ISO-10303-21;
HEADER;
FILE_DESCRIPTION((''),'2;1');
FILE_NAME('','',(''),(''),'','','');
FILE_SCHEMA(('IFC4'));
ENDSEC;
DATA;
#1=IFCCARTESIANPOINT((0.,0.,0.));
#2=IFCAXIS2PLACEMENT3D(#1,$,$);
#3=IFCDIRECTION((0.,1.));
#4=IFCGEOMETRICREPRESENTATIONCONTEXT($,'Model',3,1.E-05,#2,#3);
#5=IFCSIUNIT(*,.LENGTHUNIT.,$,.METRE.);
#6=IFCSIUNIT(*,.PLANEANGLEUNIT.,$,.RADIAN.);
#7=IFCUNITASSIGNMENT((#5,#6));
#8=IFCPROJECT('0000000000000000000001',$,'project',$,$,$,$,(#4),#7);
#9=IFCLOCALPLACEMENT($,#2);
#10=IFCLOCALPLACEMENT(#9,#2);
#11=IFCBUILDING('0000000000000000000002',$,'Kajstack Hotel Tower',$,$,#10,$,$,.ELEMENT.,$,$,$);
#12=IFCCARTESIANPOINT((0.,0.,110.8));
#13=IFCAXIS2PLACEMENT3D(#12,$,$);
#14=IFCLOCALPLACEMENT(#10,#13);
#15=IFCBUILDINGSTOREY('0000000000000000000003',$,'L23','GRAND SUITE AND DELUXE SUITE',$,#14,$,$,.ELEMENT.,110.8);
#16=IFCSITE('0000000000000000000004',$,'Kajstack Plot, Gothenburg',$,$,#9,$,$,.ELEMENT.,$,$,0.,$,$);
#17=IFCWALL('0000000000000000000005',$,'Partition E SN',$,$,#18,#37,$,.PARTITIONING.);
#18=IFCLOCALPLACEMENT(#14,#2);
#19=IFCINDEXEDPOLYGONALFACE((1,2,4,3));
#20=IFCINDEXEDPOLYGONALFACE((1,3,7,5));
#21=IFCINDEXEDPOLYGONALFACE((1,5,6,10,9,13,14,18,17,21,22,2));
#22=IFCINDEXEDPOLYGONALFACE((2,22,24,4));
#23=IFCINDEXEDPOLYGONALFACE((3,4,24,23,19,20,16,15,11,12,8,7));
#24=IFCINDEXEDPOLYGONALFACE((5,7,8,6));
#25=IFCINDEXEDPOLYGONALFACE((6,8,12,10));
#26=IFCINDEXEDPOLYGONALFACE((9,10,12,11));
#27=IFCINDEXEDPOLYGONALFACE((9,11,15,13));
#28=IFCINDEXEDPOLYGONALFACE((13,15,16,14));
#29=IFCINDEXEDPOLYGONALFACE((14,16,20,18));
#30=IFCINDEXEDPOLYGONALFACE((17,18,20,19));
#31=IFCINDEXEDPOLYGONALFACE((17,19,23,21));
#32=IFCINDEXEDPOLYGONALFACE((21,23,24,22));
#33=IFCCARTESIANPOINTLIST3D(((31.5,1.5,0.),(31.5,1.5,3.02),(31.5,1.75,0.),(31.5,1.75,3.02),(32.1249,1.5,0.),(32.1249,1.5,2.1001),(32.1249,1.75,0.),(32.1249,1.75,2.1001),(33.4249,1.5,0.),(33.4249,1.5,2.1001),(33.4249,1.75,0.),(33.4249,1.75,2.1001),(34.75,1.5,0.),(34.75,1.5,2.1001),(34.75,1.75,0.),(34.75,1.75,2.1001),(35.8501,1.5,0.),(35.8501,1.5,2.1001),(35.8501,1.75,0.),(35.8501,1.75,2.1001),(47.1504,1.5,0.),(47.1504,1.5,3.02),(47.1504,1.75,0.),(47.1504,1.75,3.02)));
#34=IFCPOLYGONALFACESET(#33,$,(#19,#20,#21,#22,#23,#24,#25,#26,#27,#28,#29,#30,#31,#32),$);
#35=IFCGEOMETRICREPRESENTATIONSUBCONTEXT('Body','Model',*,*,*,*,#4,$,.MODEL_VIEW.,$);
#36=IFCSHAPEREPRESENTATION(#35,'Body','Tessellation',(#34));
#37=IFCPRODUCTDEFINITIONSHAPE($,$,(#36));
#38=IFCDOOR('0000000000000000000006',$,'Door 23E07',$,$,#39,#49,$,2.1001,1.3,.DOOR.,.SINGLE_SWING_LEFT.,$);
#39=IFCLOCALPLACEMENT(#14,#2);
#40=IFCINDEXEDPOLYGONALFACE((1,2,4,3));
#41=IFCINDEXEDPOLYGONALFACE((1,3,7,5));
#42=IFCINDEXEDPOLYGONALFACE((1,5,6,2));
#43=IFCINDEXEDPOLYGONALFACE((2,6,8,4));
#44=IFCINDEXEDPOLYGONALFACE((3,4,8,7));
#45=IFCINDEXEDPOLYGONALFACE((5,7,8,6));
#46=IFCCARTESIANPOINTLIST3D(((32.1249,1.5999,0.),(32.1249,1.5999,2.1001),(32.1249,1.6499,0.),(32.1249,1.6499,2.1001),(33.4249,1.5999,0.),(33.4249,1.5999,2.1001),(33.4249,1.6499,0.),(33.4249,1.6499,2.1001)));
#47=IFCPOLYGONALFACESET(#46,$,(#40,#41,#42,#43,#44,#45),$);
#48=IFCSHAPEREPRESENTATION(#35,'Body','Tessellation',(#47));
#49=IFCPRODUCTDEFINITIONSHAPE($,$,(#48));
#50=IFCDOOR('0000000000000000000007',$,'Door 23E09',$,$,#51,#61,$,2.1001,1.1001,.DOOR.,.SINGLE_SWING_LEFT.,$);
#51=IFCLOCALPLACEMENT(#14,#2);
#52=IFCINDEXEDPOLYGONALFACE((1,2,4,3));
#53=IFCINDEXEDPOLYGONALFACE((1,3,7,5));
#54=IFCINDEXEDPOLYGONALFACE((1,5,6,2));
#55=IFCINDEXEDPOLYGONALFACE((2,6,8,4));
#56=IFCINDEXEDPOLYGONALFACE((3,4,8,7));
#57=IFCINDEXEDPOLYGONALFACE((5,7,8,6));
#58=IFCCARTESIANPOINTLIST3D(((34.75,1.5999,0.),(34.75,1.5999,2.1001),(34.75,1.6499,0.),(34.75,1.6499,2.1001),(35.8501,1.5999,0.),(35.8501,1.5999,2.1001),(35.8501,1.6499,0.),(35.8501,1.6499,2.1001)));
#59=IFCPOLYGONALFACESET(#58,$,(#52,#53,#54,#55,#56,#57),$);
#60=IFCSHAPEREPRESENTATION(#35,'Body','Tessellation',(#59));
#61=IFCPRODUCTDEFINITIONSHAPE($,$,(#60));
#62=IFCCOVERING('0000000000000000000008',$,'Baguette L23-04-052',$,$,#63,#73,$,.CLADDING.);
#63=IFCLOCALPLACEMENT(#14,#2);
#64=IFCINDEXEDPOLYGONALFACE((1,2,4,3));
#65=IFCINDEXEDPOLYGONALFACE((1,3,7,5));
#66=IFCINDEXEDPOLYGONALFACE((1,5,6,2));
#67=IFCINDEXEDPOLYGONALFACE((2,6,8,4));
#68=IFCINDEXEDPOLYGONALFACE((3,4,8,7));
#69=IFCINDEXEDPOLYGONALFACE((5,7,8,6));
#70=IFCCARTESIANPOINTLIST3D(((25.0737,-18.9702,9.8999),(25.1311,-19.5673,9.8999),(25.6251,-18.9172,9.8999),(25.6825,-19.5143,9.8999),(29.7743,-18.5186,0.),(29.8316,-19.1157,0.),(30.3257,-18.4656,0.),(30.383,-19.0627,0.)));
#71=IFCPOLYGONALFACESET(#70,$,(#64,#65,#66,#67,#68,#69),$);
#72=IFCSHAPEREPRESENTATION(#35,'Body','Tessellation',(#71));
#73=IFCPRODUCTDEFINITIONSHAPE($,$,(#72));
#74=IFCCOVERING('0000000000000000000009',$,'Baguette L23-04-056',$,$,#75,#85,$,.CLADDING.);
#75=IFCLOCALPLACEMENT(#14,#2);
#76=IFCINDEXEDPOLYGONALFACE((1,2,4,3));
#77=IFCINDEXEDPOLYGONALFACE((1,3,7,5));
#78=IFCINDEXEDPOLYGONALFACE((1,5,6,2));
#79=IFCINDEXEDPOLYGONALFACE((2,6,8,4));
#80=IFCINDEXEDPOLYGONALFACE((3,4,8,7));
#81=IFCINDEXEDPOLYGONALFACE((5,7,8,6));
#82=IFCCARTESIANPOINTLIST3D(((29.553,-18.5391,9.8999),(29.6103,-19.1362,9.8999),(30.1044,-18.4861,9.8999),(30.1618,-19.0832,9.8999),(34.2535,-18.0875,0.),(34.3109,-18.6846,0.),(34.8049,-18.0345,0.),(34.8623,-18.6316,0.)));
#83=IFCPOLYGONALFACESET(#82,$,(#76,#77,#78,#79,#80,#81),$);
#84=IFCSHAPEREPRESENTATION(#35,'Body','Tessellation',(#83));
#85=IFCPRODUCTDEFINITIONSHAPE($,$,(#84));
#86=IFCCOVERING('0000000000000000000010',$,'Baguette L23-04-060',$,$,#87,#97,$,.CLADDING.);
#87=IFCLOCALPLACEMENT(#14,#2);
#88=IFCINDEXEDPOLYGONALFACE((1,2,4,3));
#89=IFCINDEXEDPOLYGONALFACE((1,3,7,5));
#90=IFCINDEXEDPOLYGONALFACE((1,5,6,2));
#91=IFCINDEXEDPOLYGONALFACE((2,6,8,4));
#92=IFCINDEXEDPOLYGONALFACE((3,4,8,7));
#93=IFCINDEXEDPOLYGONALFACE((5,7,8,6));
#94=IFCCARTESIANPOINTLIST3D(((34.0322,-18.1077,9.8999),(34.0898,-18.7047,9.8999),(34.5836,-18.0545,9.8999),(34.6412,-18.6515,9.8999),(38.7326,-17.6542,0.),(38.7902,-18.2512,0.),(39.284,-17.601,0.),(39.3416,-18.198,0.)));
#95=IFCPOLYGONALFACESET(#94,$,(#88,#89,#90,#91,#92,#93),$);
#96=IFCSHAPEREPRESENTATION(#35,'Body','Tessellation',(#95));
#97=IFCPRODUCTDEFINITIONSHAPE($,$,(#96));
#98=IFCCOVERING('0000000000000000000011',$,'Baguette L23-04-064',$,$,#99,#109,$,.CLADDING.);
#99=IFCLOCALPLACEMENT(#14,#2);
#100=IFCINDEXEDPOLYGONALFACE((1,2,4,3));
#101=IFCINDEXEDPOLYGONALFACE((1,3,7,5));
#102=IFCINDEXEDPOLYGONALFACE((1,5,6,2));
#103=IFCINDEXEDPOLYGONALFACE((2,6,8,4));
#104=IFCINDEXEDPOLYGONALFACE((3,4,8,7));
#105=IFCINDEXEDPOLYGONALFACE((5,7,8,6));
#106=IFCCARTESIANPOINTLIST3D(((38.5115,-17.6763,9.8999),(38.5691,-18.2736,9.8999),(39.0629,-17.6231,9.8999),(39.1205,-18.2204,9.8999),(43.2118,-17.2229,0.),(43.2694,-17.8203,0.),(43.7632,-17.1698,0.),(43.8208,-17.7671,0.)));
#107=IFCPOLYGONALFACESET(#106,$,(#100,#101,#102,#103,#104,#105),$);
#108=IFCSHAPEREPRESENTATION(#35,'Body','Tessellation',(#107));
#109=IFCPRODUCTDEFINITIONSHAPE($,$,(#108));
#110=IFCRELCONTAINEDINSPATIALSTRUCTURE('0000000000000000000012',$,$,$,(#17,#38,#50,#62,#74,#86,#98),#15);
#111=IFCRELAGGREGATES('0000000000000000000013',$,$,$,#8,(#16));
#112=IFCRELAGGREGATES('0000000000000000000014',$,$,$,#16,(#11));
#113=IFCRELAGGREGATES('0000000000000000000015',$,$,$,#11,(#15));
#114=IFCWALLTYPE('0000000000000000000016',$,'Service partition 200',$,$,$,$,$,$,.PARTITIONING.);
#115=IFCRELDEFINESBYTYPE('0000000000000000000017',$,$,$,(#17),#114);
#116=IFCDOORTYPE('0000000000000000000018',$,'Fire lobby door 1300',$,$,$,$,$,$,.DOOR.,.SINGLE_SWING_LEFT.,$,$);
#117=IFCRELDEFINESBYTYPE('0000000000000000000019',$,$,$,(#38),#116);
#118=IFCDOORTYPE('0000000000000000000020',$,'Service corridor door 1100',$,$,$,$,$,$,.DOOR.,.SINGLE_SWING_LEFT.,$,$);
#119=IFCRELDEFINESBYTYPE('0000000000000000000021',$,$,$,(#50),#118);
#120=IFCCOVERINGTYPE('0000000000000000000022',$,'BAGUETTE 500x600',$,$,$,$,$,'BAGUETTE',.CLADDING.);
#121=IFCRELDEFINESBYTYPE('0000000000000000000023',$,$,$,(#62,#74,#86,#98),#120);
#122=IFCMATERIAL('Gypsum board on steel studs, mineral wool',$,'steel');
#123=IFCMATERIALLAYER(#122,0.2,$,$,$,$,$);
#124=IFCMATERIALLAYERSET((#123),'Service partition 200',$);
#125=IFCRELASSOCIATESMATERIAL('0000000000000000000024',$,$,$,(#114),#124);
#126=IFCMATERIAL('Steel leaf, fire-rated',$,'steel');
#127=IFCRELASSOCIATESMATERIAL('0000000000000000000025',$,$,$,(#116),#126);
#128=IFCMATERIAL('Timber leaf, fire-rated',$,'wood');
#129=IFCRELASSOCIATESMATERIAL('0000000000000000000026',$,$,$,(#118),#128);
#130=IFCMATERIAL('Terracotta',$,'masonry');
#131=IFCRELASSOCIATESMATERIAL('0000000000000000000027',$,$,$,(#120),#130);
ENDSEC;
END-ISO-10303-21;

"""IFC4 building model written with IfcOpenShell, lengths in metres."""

from ifc_helpers import new_model, si_unit, direction, frame, frame_2d, origin, origin_2d, place, context, subcontext, project, spatial, polyline, rectangle, outline, extrude, material, layer, layer_set, material_profile, profile_set, type_object, element, fill, save


model = new_model("IFC4")

# Units and contexts
model_context = context("Model", 3, precision=1e-05, world=origin(), true_north=direction((0.0, 1.0)))
body_context = subcontext(model_context, "Body", "Model", "MODEL_VIEW")
ifc_project = project(units=[si_unit("LENGTHUNIT", "METRE"), si_unit("PLANEANGLEUNIT", "RADIAN")], contexts=[model_context])

# Site, building, storey
site_placement = place(None, origin())
site = spatial("IfcSite", under=ifc_project, at=site_placement, Name="Kajstack Plot, Gothenburg", CompositionType="ELEMENT", RefElevation=0.0)
building_placement = place(site_placement, origin())
building = spatial("IfcBuilding", under=site, at=building_placement, Name="Kajstack Hotel Tower", CompositionType="ELEMENT")
storey_placement = place(building_placement, frame((0.0, 0.0, 110.8)))
storey = spatial("IfcBuildingStorey", under=building, at=storey_placement, Name="L23", Description="GRAND SUITE AND DELUXE SUITE", CompositionType="ELEMENT", Elevation=110.8)

# Wall, openings, doors
ifc_material_1 = material(Name="Gypsum board on steel studs, mineral wool", Category="steel")
ifc_layer_1 = layer(ifc_material_1, 0.2)
ifc_layer_set_1 = layer_set([ifc_layer_1], Name="Service partition 200")
wall_type_1 = type_object("IfcWallType", Name="Service partition 200", PredefinedType="PARTITIONING", material=ifc_layer_set_1)
wall_1_placement = place(storey_placement, frame((31.5, 1.625, 0.0), z_axis=(0.0, 0.0, 1.0), x_axis=(1.0, 0.0, 0.0)))
wall_1 = element("IfcWall", 1, at=wall_1_placement, inside=storey, type_object=wall_type_1, Name="Partition E SN", PredefinedType="PARTITIONING", context=body_context, shape_type="SweptSolid", body=[
    extrude(rectangle(XDim=15.6504, YDim=0.25, at=frame_2d((7.8252, 0.0))), origin(), (0.0, 0.0, 1.0), 3.02),
])
opening_1_placement = place(wall_1_placement, frame((0.625, 0.0, 0.0)))
opening_1 = element("IfcOpeningElement", 2, at=opening_1_placement, cuts=wall_1, PredefinedType="OPENING", context=body_context, shape_type="SweptSolid", body=[
    extrude(rectangle(XDim=1.3, YDim=2.1001, at=frame_2d((0.6499, 1.05))), frame((0.0, 0.135, 0.0), z_axis=(0.0, -1.0, 0.0), x_axis=(1.0, 0.0, 0.0)), (0.0, 0.0, 1.0), 0.27),
])
opening_2_placement = place(wall_1_placement, frame((3.25, 0.0, 0.0)))
opening_2 = element("IfcOpeningElement", 3, at=opening_2_placement, cuts=wall_1, PredefinedType="OPENING", context=body_context, shape_type="SweptSolid", body=[
    extrude(rectangle(XDim=1.1001, YDim=2.1001, at=frame_2d((0.55, 1.05))), frame((0.0, 0.135, 0.0), z_axis=(0.0, -1.0, 0.0), x_axis=(1.0, 0.0, 0.0)), (0.0, 0.0, 1.0), 0.27),
])
ifc_material_2 = material(Name="Steel leaf, fire-rated", Category="steel")
door_type_1 = type_object("IfcDoorType", Name="Fire lobby door 1300", OperationType="SINGLE_SWING_LEFT", PredefinedType="DOOR", material=ifc_material_2)
door_1_placement = place(opening_1_placement, origin())
door_1 = element("IfcDoor", 4, at=door_1_placement, inside=storey, type_object=door_type_1, Name="Door 23E07", OperationType="SINGLE_SWING_LEFT", OverallHeight=2.1001, OverallWidth=1.3, PredefinedType="DOOR", context=body_context, shape_type="SweptSolid", body=[
    extrude(rectangle(XDim=1.3, YDim=2.1001, at=frame_2d((0.6499, 1.05))), frame((0.0, 0.0249, 0.0), z_axis=(0.0, -1.0, 0.0), x_axis=(1.0, 0.0, 0.0)), (0.0, 0.0, 1.0), 0.05),
])
fill(opening_1, door_1)
ifc_material_3 = material(Name="Timber leaf, fire-rated", Category="wood")
door_type_2 = type_object("IfcDoorType", Name="Service corridor door 1100", OperationType="SINGLE_SWING_LEFT", PredefinedType="DOOR", material=ifc_material_3)
door_2_placement = place(opening_2_placement, origin())
door_2 = element("IfcDoor", 5, at=door_2_placement, inside=storey, type_object=door_type_2, Name="Door 23E09", OperationType="SINGLE_SWING_LEFT", OverallHeight=2.1001, OverallWidth=1.1001, PredefinedType="DOOR", context=body_context, shape_type="SweptSolid", body=[
    extrude(rectangle(XDim=1.1001, YDim=2.1001, at=frame_2d((0.55, 1.05))), frame((0.0, 0.0249, 0.0), z_axis=(0.0, -1.0, 0.0), x_axis=(1.0, 0.0, 0.0)), (0.0, 0.0, 1.0), 0.05),
])
fill(opening_2, door_2)

# Coverings
ifc_material_4 = material(Name="Terracotta", Category="masonry")
ifc_material_profile = material_profile(ifc_material_4, rectangle(XDim=0.6001, YDim=0.5, at=origin_2d()), Name="Terracotta-clad concrete baguette 500 x 600")
ifc_profile_set = profile_set([ifc_material_profile], Name="Terracotta")
covering_type = type_object("IfcCoveringType", Name="BAGUETTE 500x600", ElementType="BAGUETTE", PredefinedType="CLADDING", material=ifc_profile_set)
for number, where, z_axis, x_axis, name in (
    (6, (25.0737, -18.9702, 0.0), (0.095635, -0.995416, 0.0), (0.995416, 0.095635, 0.0), "Baguette L23-04-052"),
    (7, (29.553, -18.5391, 0.0), (0.095635, -0.995416, 0.0), (0.995416, 0.095635, 0.0), "Baguette L23-04-056"),
    (8, (34.0322, -18.1077, 0.0), (0.096038, -0.995378, 0.0), (0.995378, 0.096038, 0.0), "Baguette L23-04-060"),
):
    element("IfcCovering", number, at=place(storey_placement, frame(where, z_axis=z_axis, x_axis=x_axis)), inside=storey, type_object=covering_type, Name=name, PredefinedType="CLADDING", context=body_context, shape_type="SweptSolid", body=[
        extrude(outline(polyline([(0.0, 9.8999), (4.7222, 0.0), (5.2761, 0.0), (0.554, 9.8999), (0.0, 9.8999)])), origin(), (0.0, 0.0, 1.0), 0.5999),
    ])
covering_placement = place(storey_placement, frame((38.5115, -17.6763, 0.0), z_axis=(0.095999, -0.995381, 0.0), x_axis=(0.995381, 0.095999, 0.0)))
element("IfcCovering", 9, at=covering_placement, inside=storey, type_object=covering_type, Name="Baguette L23-04-064", PredefinedType="CLADDING", context=body_context, shape_type="SweptSolid", body=[
    extrude(outline(polyline([(0.0, 9.8999), (4.7222, 0.0), (5.2761, 0.0), (0.554, 9.8999), (0.0, 9.8999)])), origin(), (0.0, 0.0, 1.0), 0.6001),
])

save(model, "model.ifc")
